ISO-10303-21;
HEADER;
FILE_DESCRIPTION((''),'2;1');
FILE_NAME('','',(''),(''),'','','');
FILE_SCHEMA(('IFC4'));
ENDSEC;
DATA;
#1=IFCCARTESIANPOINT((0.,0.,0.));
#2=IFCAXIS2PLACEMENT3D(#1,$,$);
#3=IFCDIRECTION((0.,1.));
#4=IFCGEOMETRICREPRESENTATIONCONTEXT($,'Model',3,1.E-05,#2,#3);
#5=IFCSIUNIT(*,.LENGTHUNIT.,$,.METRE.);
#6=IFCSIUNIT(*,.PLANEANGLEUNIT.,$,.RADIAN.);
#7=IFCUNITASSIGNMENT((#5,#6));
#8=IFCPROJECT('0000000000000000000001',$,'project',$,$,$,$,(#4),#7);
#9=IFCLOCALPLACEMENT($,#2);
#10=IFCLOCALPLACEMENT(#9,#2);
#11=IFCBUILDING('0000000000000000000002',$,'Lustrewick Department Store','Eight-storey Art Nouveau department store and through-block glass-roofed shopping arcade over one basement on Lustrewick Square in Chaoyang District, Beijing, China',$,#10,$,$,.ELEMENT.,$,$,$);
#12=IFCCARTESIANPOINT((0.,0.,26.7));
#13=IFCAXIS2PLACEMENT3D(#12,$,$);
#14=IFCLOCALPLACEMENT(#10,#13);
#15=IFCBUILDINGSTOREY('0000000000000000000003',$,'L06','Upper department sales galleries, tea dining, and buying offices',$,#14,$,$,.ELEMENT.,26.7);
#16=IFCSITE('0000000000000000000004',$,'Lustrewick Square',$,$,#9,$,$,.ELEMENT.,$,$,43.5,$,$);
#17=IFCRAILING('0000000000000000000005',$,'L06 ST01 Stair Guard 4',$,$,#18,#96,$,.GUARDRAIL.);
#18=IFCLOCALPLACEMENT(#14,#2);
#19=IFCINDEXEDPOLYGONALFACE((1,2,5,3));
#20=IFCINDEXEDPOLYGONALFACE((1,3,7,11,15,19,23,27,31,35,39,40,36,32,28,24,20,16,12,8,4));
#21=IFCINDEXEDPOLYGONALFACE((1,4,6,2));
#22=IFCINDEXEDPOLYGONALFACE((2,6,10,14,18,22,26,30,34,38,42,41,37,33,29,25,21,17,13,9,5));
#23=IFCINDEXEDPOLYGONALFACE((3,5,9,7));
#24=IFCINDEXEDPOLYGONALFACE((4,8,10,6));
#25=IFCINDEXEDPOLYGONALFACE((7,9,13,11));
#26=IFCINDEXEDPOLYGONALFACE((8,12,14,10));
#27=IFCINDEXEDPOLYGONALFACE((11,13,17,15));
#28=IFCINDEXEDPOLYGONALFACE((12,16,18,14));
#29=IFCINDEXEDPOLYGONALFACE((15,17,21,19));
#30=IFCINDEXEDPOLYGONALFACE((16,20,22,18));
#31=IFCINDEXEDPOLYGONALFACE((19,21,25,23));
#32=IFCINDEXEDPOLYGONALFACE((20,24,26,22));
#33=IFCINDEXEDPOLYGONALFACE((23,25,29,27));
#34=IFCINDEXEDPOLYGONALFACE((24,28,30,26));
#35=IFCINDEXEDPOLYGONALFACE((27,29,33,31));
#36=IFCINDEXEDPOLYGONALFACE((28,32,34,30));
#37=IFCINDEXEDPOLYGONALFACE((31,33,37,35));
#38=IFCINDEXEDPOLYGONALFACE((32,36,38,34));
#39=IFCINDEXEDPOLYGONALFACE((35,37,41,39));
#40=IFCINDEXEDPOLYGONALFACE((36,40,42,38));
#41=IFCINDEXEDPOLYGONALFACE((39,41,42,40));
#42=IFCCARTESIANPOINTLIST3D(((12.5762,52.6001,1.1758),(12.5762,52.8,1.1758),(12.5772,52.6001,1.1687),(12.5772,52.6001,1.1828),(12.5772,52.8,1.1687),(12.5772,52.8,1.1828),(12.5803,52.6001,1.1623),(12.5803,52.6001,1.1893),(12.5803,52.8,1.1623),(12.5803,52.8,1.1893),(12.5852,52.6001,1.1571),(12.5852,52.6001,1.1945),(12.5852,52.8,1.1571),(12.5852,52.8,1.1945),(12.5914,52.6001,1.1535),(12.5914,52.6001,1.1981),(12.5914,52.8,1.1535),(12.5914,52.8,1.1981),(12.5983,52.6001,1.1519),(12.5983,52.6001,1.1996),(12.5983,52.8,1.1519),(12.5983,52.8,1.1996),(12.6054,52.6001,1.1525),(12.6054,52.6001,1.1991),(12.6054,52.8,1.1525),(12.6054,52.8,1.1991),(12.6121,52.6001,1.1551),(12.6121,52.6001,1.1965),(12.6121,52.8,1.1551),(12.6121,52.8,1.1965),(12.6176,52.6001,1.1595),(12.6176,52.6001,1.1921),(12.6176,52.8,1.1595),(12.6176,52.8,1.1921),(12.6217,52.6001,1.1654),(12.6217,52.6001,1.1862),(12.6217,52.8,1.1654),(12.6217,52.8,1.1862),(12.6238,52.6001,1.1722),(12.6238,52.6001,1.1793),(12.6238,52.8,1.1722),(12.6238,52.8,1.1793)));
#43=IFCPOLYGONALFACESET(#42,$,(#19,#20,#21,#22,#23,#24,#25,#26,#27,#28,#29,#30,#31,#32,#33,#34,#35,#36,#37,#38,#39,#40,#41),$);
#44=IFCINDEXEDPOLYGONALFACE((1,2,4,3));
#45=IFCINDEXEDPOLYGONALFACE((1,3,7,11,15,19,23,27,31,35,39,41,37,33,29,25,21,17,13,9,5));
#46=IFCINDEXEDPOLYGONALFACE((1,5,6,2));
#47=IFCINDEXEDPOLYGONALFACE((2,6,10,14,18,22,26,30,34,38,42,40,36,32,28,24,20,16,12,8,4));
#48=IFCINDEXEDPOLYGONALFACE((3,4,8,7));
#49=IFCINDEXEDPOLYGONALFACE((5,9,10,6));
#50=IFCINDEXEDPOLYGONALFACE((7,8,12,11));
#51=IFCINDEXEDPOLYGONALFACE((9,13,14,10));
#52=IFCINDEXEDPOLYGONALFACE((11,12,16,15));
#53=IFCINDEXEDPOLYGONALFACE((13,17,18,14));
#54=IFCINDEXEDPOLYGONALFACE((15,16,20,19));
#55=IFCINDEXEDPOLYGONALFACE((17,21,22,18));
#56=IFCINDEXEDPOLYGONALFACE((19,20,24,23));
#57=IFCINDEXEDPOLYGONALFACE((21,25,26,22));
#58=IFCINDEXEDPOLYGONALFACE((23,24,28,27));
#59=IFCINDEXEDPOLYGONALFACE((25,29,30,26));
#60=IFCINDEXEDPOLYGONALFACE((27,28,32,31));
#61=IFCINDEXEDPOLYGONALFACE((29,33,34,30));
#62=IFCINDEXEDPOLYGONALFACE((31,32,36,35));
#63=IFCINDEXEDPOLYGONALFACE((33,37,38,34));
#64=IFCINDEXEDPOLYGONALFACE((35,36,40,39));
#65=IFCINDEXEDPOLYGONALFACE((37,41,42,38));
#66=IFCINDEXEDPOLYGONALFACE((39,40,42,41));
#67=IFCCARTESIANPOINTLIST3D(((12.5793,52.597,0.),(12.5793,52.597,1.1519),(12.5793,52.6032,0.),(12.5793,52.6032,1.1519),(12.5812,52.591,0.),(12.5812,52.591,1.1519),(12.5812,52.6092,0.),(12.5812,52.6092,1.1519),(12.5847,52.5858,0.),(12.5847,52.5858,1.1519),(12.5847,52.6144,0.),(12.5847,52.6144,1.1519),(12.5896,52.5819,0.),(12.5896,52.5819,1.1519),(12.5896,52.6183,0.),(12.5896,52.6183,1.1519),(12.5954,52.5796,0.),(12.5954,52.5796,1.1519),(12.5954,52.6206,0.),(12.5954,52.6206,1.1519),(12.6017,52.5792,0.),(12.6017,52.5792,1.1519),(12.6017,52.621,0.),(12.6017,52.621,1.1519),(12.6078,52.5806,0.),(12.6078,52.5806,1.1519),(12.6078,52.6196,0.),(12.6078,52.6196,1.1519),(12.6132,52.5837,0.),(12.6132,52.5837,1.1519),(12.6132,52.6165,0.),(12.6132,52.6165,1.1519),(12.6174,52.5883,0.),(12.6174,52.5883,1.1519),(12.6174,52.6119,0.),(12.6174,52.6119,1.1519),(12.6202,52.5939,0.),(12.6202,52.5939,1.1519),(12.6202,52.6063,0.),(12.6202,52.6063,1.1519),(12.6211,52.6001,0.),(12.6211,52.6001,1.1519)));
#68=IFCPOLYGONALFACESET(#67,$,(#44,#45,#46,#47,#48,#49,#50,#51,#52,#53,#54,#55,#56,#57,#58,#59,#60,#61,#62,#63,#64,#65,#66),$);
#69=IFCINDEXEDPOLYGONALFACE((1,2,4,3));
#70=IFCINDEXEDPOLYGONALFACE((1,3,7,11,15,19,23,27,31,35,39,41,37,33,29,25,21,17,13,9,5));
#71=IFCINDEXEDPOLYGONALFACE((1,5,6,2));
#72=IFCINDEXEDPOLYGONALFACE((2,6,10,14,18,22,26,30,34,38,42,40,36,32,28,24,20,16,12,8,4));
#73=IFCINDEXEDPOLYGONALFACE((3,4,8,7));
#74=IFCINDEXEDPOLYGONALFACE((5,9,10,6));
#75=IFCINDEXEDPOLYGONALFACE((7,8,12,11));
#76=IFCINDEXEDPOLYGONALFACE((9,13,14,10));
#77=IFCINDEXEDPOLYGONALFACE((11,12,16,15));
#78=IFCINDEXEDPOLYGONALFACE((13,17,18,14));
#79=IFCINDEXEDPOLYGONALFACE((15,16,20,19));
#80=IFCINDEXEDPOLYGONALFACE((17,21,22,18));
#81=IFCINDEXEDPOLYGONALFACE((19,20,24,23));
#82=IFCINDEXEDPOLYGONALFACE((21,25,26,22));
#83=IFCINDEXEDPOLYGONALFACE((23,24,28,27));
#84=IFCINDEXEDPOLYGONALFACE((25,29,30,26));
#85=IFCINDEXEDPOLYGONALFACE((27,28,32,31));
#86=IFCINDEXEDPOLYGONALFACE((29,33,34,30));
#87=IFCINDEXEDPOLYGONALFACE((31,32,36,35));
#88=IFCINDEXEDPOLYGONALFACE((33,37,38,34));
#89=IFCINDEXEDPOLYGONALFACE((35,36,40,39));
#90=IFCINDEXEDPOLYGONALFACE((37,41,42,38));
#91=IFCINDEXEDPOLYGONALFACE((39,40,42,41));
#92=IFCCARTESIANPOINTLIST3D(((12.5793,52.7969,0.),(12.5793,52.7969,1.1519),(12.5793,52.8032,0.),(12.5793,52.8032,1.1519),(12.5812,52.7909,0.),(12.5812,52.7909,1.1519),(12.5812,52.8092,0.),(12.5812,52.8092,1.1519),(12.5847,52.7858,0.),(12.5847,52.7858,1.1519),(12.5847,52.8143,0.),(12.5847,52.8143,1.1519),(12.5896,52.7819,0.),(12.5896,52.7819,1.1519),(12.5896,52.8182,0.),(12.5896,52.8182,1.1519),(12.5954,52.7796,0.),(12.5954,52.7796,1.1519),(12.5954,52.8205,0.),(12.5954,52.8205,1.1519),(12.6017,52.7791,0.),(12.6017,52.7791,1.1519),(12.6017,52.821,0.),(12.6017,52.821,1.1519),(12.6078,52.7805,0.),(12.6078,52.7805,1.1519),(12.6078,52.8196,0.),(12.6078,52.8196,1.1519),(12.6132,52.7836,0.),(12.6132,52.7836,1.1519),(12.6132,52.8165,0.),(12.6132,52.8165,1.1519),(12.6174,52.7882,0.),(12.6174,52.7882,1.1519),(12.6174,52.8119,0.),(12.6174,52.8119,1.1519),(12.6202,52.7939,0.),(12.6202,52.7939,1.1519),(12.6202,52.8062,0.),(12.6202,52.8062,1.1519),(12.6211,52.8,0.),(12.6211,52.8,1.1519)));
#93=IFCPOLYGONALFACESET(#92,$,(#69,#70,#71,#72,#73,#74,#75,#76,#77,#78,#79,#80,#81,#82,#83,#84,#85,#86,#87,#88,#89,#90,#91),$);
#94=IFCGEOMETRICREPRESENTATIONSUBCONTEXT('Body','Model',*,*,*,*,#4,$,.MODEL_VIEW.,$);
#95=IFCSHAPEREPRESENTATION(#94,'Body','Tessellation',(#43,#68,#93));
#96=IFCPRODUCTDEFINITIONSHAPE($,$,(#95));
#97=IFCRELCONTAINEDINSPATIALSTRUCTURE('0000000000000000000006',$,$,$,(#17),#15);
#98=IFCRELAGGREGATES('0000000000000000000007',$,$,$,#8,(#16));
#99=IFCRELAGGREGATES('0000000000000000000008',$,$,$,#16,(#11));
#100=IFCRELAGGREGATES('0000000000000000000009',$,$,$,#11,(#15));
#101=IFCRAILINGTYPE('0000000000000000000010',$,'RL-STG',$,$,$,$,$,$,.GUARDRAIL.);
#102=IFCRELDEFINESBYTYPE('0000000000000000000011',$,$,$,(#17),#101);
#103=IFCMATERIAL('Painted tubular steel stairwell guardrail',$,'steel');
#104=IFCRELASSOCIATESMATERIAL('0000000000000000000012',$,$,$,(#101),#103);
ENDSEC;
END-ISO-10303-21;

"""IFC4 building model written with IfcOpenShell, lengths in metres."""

from ifc_helpers import new_model, si_unit, direction, frame, origin, origin_2d, place, context, subcontext, project, spatial, circle, extrude, material, type_object, element, save


model = new_model("IFC4")

# Units and contexts
model_context = context("Model", 3, precision=1e-05, world=origin(), true_north=direction((0.0, 1.0)))
body_context = subcontext(model_context, "Body", "Model", "MODEL_VIEW")
ifc_project = project(units=[si_unit("LENGTHUNIT", "METRE"), si_unit("PLANEANGLEUNIT", "RADIAN")], contexts=[model_context])

# Site, building, storey
site_placement = place(None, origin())
site = spatial("IfcSite", under=ifc_project, at=site_placement, Name="Lustrewick Square", CompositionType="ELEMENT", RefElevation=43.5)
building_placement = place(site_placement, origin())
building = spatial("IfcBuilding", under=site, at=building_placement, Name="Lustrewick Department Store", Description="Eight-storey Art Nouveau department store and through-block glass-roofed shopping arcade over one basement on Lustrewick Square in Chaoyang District, Beijing, China", CompositionType="ELEMENT")
storey_placement = place(building_placement, frame((0.0, 0.0, 26.7)))
storey = spatial("IfcBuildingStorey", under=building, at=storey_placement, Name="L06", Description="Upper department sales galleries, tea dining, and buying offices", CompositionType="ELEMENT", Elevation=26.7)

# Railing
ifc_material_1 = material(Name="Painted tubular steel stairwell guardrail", Category="steel")
railing_type_1 = type_object("IfcRailingType", Name="RL-STG", PredefinedType="GUARDRAIL", material=ifc_material_1)
railing_1_placement = place(storey_placement, frame((12.6001, 52.6001, 0.0)))
element("IfcRailing", 1, at=railing_1_placement, inside=storey, type_object=railing_type_1, Name="L06 ST01 Stair Guard 4", PredefinedType="GUARDRAIL", context=body_context, shape_type="SweptSolid", body=[
    extrude(circle(Radius=0.0239, at=origin_2d()), frame((0.0, 0.0, 1.1758), z_axis=(0.0, 1.0, 0.0), x_axis=(-1.0, 0.0, 0.0)), (0.0, 0.0, 1.0), 0.2),
    extrude(circle(Radius=0.021, at=origin_2d()), origin(), (0.0, 0.0, 1.0), 1.1519),
    extrude(circle(Radius=0.021, at=origin_2d()), frame((0.0, 0.2, 0.0)), (0.0, 0.0, 1.0), 1.1519),
])

save(model, "model.ifc")
